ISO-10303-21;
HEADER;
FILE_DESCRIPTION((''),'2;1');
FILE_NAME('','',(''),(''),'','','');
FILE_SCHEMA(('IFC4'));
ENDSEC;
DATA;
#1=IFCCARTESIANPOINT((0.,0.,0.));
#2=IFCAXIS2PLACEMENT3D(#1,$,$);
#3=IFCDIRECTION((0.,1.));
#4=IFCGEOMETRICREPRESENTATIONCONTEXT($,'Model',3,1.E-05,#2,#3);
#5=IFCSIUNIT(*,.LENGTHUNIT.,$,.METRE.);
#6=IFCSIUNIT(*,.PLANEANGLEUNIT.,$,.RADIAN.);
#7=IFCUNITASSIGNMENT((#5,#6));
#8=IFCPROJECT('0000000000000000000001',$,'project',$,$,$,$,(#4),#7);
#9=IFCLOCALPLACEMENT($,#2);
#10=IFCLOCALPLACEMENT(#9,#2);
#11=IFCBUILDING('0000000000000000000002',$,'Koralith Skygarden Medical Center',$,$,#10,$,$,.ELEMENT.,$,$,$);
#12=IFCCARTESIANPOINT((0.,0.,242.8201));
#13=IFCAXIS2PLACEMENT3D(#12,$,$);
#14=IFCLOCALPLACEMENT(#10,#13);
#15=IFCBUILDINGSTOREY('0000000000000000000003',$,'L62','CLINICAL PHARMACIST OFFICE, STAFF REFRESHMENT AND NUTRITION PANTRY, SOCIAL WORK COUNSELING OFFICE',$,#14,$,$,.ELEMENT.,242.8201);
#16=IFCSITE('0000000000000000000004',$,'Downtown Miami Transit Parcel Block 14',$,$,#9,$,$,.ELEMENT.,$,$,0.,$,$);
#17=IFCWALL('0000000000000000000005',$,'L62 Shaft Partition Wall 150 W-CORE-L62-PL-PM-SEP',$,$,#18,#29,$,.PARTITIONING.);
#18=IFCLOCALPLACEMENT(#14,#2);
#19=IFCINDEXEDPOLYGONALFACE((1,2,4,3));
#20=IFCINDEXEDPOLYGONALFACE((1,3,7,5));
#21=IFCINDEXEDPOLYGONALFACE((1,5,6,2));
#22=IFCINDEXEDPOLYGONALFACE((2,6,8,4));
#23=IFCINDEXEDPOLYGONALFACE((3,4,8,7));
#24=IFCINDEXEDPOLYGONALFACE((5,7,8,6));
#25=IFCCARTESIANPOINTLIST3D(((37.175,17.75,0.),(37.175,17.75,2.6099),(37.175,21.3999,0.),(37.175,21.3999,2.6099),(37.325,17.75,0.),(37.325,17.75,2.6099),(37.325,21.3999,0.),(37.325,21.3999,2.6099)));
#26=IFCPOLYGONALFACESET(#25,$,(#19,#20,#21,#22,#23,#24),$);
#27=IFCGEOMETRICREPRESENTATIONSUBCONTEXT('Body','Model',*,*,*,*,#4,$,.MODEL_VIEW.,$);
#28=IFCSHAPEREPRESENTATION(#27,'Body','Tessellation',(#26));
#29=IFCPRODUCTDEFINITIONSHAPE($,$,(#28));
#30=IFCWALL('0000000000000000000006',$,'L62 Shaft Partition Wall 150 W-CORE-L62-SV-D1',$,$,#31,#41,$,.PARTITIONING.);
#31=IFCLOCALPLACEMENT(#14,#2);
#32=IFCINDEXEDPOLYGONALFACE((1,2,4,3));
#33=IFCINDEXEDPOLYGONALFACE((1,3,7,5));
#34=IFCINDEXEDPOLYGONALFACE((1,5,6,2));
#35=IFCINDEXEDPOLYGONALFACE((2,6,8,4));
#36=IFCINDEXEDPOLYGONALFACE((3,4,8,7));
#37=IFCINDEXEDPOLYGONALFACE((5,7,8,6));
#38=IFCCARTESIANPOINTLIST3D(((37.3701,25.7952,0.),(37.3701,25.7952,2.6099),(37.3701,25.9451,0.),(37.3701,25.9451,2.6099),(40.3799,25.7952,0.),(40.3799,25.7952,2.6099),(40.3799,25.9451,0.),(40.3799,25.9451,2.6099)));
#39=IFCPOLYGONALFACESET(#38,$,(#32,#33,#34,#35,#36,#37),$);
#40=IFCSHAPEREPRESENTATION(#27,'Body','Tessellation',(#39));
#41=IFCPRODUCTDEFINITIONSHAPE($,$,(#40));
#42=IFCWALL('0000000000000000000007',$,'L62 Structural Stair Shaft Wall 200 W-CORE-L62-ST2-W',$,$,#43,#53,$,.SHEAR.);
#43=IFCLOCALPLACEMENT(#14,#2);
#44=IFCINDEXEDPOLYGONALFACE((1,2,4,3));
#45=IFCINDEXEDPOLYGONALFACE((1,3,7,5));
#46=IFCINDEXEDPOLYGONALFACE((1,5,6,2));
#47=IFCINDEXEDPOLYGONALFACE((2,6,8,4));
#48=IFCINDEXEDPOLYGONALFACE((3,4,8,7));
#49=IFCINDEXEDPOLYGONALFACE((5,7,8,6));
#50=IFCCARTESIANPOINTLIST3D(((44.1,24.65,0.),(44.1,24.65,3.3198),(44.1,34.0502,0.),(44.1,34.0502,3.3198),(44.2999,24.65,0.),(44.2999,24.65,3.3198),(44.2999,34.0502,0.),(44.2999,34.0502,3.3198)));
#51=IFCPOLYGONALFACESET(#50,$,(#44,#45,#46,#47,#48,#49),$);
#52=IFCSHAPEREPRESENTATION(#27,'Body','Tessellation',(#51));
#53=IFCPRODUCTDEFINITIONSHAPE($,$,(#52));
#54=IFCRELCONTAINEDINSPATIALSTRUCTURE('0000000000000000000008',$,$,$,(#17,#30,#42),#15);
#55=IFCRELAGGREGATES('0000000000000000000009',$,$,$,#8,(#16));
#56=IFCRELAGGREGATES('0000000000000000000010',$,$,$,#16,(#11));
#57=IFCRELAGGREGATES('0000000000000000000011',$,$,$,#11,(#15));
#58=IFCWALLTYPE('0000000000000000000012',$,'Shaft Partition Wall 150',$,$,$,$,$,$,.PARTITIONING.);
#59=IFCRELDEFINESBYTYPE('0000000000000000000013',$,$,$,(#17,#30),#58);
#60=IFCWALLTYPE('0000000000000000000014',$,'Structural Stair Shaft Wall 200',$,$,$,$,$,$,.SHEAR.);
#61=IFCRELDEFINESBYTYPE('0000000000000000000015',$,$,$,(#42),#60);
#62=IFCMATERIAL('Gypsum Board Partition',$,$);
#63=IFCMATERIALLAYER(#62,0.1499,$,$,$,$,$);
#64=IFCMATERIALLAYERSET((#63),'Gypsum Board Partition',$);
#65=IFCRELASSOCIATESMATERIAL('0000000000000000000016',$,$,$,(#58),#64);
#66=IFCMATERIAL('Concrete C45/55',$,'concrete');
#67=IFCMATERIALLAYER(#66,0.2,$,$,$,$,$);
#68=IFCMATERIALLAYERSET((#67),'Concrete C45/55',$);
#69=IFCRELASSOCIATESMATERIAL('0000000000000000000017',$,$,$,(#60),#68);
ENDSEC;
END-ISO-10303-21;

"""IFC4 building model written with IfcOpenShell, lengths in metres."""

from ifc_helpers import new_model, si_unit, direction, frame, frame_2d, origin, place, context, subcontext, project, spatial, rectangle, extrude, material, layer, layer_set, type_object, element, save


model = new_model("IFC4")

# Units and contexts
model_context = context("Model", 3, precision=1e-05, world=origin(), true_north=direction((0.0, 1.0)))
body_context = subcontext(model_context, "Body", "Model", "MODEL_VIEW")
ifc_project = project(units=[si_unit("LENGTHUNIT", "METRE"), si_unit("PLANEANGLEUNIT", "RADIAN")], contexts=[model_context])

# Site, building, storey
site_placement = place(None, origin())
site = spatial("IfcSite", under=ifc_project, at=site_placement, Name="Downtown Miami Transit Parcel Block 14", CompositionType="ELEMENT", RefElevation=0.0)
building_placement = place(site_placement, origin())
building = spatial("IfcBuilding", under=site, at=building_placement, Name="Koralith Skygarden Medical Center", CompositionType="ELEMENT")
storey_placement = place(building_placement, frame((0.0, 0.0, 242.8201)))
storey = spatial("IfcBuildingStorey", under=building, at=storey_placement, Name="L62", Description="CLINICAL PHARMACIST OFFICE, STAFF REFRESHMENT AND NUTRITION PANTRY, SOCIAL WORK COUNSELING OFFICE", CompositionType="ELEMENT", Elevation=242.8201)

# Shared definitions
ifc_material_1 = material(Name="Concrete C45/55", Category="concrete")

# Shared definitions
ifc_material_2 = material(Name="Gypsum Board Partition")

# Walls
ifc_layer_1 = layer(ifc_material_2, 0.1499)
ifc_layer_set_1 = layer_set([ifc_layer_1], Name="Gypsum Board Partition")
wall_type_1 = type_object("IfcWallType", Name="Shaft Partition Wall 150", PredefinedType="PARTITIONING", material=ifc_layer_set_1)
wall_1_placement = place(storey_placement, frame((37.25, 17.75, 0.0), z_axis=(0.0, 0.0, 1.0), x_axis=(0.0, 1.0, 0.0)))
element("IfcWall", 1, at=wall_1_placement, inside=storey, type_object=wall_type_1, Name="L62 Shaft Partition Wall 150 W-CORE-L62-PL-PM-SEP", PredefinedType="PARTITIONING", context=body_context, shape_type="SweptSolid", body=[
    extrude(rectangle(XDim=3.6499, YDim=0.1499, at=frame_2d((1.825, 0.0))), origin(), (0.0, 0.0, 1.0), 2.6099),
])
wall_2_placement = place(storey_placement, frame((37.3701, 25.8701, 0.0), z_axis=(0.0, 0.0, 1.0), x_axis=(1.0, 0.0, 0.0)))
element("IfcWall", 2, at=wall_2_placement, inside=storey, type_object=wall_type_1, Name="L62 Shaft Partition Wall 150 W-CORE-L62-SV-D1", PredefinedType="PARTITIONING", context=body_context, shape_type="SweptSolid", body=[
    extrude(rectangle(XDim=3.0098, YDim=0.1499, at=frame_2d((1.5049, 0.0))), origin(), (0.0, 0.0, 1.0), 2.6099),
])
ifc_layer_2 = layer(ifc_material_1, 0.2)
ifc_layer_set_2 = layer_set([ifc_layer_2], Name="Concrete C45/55")
wall_type_2 = type_object("IfcWallType", Name="Structural Stair Shaft Wall 200", PredefinedType="SHEAR", material=ifc_layer_set_2)
wall_3_placement = place(storey_placement, frame((44.2, 24.6499, 0.0), z_axis=(0.0, 0.0, 1.0), x_axis=(0.0, 1.0, 0.0)))
element("IfcWall", 3, at=wall_3_placement, inside=storey, type_object=wall_type_2, Name="L62 Structural Stair Shaft Wall 200 W-CORE-L62-ST2-W", PredefinedType="SHEAR", context=body_context, shape_type="SweptSolid", body=[
    extrude(rectangle(XDim=9.4001, YDim=0.2, at=frame_2d((4.7002, 0.0))), origin(), (0.0, 0.0, 1.0), 3.3198),
])

save(model, "model.ifc")
